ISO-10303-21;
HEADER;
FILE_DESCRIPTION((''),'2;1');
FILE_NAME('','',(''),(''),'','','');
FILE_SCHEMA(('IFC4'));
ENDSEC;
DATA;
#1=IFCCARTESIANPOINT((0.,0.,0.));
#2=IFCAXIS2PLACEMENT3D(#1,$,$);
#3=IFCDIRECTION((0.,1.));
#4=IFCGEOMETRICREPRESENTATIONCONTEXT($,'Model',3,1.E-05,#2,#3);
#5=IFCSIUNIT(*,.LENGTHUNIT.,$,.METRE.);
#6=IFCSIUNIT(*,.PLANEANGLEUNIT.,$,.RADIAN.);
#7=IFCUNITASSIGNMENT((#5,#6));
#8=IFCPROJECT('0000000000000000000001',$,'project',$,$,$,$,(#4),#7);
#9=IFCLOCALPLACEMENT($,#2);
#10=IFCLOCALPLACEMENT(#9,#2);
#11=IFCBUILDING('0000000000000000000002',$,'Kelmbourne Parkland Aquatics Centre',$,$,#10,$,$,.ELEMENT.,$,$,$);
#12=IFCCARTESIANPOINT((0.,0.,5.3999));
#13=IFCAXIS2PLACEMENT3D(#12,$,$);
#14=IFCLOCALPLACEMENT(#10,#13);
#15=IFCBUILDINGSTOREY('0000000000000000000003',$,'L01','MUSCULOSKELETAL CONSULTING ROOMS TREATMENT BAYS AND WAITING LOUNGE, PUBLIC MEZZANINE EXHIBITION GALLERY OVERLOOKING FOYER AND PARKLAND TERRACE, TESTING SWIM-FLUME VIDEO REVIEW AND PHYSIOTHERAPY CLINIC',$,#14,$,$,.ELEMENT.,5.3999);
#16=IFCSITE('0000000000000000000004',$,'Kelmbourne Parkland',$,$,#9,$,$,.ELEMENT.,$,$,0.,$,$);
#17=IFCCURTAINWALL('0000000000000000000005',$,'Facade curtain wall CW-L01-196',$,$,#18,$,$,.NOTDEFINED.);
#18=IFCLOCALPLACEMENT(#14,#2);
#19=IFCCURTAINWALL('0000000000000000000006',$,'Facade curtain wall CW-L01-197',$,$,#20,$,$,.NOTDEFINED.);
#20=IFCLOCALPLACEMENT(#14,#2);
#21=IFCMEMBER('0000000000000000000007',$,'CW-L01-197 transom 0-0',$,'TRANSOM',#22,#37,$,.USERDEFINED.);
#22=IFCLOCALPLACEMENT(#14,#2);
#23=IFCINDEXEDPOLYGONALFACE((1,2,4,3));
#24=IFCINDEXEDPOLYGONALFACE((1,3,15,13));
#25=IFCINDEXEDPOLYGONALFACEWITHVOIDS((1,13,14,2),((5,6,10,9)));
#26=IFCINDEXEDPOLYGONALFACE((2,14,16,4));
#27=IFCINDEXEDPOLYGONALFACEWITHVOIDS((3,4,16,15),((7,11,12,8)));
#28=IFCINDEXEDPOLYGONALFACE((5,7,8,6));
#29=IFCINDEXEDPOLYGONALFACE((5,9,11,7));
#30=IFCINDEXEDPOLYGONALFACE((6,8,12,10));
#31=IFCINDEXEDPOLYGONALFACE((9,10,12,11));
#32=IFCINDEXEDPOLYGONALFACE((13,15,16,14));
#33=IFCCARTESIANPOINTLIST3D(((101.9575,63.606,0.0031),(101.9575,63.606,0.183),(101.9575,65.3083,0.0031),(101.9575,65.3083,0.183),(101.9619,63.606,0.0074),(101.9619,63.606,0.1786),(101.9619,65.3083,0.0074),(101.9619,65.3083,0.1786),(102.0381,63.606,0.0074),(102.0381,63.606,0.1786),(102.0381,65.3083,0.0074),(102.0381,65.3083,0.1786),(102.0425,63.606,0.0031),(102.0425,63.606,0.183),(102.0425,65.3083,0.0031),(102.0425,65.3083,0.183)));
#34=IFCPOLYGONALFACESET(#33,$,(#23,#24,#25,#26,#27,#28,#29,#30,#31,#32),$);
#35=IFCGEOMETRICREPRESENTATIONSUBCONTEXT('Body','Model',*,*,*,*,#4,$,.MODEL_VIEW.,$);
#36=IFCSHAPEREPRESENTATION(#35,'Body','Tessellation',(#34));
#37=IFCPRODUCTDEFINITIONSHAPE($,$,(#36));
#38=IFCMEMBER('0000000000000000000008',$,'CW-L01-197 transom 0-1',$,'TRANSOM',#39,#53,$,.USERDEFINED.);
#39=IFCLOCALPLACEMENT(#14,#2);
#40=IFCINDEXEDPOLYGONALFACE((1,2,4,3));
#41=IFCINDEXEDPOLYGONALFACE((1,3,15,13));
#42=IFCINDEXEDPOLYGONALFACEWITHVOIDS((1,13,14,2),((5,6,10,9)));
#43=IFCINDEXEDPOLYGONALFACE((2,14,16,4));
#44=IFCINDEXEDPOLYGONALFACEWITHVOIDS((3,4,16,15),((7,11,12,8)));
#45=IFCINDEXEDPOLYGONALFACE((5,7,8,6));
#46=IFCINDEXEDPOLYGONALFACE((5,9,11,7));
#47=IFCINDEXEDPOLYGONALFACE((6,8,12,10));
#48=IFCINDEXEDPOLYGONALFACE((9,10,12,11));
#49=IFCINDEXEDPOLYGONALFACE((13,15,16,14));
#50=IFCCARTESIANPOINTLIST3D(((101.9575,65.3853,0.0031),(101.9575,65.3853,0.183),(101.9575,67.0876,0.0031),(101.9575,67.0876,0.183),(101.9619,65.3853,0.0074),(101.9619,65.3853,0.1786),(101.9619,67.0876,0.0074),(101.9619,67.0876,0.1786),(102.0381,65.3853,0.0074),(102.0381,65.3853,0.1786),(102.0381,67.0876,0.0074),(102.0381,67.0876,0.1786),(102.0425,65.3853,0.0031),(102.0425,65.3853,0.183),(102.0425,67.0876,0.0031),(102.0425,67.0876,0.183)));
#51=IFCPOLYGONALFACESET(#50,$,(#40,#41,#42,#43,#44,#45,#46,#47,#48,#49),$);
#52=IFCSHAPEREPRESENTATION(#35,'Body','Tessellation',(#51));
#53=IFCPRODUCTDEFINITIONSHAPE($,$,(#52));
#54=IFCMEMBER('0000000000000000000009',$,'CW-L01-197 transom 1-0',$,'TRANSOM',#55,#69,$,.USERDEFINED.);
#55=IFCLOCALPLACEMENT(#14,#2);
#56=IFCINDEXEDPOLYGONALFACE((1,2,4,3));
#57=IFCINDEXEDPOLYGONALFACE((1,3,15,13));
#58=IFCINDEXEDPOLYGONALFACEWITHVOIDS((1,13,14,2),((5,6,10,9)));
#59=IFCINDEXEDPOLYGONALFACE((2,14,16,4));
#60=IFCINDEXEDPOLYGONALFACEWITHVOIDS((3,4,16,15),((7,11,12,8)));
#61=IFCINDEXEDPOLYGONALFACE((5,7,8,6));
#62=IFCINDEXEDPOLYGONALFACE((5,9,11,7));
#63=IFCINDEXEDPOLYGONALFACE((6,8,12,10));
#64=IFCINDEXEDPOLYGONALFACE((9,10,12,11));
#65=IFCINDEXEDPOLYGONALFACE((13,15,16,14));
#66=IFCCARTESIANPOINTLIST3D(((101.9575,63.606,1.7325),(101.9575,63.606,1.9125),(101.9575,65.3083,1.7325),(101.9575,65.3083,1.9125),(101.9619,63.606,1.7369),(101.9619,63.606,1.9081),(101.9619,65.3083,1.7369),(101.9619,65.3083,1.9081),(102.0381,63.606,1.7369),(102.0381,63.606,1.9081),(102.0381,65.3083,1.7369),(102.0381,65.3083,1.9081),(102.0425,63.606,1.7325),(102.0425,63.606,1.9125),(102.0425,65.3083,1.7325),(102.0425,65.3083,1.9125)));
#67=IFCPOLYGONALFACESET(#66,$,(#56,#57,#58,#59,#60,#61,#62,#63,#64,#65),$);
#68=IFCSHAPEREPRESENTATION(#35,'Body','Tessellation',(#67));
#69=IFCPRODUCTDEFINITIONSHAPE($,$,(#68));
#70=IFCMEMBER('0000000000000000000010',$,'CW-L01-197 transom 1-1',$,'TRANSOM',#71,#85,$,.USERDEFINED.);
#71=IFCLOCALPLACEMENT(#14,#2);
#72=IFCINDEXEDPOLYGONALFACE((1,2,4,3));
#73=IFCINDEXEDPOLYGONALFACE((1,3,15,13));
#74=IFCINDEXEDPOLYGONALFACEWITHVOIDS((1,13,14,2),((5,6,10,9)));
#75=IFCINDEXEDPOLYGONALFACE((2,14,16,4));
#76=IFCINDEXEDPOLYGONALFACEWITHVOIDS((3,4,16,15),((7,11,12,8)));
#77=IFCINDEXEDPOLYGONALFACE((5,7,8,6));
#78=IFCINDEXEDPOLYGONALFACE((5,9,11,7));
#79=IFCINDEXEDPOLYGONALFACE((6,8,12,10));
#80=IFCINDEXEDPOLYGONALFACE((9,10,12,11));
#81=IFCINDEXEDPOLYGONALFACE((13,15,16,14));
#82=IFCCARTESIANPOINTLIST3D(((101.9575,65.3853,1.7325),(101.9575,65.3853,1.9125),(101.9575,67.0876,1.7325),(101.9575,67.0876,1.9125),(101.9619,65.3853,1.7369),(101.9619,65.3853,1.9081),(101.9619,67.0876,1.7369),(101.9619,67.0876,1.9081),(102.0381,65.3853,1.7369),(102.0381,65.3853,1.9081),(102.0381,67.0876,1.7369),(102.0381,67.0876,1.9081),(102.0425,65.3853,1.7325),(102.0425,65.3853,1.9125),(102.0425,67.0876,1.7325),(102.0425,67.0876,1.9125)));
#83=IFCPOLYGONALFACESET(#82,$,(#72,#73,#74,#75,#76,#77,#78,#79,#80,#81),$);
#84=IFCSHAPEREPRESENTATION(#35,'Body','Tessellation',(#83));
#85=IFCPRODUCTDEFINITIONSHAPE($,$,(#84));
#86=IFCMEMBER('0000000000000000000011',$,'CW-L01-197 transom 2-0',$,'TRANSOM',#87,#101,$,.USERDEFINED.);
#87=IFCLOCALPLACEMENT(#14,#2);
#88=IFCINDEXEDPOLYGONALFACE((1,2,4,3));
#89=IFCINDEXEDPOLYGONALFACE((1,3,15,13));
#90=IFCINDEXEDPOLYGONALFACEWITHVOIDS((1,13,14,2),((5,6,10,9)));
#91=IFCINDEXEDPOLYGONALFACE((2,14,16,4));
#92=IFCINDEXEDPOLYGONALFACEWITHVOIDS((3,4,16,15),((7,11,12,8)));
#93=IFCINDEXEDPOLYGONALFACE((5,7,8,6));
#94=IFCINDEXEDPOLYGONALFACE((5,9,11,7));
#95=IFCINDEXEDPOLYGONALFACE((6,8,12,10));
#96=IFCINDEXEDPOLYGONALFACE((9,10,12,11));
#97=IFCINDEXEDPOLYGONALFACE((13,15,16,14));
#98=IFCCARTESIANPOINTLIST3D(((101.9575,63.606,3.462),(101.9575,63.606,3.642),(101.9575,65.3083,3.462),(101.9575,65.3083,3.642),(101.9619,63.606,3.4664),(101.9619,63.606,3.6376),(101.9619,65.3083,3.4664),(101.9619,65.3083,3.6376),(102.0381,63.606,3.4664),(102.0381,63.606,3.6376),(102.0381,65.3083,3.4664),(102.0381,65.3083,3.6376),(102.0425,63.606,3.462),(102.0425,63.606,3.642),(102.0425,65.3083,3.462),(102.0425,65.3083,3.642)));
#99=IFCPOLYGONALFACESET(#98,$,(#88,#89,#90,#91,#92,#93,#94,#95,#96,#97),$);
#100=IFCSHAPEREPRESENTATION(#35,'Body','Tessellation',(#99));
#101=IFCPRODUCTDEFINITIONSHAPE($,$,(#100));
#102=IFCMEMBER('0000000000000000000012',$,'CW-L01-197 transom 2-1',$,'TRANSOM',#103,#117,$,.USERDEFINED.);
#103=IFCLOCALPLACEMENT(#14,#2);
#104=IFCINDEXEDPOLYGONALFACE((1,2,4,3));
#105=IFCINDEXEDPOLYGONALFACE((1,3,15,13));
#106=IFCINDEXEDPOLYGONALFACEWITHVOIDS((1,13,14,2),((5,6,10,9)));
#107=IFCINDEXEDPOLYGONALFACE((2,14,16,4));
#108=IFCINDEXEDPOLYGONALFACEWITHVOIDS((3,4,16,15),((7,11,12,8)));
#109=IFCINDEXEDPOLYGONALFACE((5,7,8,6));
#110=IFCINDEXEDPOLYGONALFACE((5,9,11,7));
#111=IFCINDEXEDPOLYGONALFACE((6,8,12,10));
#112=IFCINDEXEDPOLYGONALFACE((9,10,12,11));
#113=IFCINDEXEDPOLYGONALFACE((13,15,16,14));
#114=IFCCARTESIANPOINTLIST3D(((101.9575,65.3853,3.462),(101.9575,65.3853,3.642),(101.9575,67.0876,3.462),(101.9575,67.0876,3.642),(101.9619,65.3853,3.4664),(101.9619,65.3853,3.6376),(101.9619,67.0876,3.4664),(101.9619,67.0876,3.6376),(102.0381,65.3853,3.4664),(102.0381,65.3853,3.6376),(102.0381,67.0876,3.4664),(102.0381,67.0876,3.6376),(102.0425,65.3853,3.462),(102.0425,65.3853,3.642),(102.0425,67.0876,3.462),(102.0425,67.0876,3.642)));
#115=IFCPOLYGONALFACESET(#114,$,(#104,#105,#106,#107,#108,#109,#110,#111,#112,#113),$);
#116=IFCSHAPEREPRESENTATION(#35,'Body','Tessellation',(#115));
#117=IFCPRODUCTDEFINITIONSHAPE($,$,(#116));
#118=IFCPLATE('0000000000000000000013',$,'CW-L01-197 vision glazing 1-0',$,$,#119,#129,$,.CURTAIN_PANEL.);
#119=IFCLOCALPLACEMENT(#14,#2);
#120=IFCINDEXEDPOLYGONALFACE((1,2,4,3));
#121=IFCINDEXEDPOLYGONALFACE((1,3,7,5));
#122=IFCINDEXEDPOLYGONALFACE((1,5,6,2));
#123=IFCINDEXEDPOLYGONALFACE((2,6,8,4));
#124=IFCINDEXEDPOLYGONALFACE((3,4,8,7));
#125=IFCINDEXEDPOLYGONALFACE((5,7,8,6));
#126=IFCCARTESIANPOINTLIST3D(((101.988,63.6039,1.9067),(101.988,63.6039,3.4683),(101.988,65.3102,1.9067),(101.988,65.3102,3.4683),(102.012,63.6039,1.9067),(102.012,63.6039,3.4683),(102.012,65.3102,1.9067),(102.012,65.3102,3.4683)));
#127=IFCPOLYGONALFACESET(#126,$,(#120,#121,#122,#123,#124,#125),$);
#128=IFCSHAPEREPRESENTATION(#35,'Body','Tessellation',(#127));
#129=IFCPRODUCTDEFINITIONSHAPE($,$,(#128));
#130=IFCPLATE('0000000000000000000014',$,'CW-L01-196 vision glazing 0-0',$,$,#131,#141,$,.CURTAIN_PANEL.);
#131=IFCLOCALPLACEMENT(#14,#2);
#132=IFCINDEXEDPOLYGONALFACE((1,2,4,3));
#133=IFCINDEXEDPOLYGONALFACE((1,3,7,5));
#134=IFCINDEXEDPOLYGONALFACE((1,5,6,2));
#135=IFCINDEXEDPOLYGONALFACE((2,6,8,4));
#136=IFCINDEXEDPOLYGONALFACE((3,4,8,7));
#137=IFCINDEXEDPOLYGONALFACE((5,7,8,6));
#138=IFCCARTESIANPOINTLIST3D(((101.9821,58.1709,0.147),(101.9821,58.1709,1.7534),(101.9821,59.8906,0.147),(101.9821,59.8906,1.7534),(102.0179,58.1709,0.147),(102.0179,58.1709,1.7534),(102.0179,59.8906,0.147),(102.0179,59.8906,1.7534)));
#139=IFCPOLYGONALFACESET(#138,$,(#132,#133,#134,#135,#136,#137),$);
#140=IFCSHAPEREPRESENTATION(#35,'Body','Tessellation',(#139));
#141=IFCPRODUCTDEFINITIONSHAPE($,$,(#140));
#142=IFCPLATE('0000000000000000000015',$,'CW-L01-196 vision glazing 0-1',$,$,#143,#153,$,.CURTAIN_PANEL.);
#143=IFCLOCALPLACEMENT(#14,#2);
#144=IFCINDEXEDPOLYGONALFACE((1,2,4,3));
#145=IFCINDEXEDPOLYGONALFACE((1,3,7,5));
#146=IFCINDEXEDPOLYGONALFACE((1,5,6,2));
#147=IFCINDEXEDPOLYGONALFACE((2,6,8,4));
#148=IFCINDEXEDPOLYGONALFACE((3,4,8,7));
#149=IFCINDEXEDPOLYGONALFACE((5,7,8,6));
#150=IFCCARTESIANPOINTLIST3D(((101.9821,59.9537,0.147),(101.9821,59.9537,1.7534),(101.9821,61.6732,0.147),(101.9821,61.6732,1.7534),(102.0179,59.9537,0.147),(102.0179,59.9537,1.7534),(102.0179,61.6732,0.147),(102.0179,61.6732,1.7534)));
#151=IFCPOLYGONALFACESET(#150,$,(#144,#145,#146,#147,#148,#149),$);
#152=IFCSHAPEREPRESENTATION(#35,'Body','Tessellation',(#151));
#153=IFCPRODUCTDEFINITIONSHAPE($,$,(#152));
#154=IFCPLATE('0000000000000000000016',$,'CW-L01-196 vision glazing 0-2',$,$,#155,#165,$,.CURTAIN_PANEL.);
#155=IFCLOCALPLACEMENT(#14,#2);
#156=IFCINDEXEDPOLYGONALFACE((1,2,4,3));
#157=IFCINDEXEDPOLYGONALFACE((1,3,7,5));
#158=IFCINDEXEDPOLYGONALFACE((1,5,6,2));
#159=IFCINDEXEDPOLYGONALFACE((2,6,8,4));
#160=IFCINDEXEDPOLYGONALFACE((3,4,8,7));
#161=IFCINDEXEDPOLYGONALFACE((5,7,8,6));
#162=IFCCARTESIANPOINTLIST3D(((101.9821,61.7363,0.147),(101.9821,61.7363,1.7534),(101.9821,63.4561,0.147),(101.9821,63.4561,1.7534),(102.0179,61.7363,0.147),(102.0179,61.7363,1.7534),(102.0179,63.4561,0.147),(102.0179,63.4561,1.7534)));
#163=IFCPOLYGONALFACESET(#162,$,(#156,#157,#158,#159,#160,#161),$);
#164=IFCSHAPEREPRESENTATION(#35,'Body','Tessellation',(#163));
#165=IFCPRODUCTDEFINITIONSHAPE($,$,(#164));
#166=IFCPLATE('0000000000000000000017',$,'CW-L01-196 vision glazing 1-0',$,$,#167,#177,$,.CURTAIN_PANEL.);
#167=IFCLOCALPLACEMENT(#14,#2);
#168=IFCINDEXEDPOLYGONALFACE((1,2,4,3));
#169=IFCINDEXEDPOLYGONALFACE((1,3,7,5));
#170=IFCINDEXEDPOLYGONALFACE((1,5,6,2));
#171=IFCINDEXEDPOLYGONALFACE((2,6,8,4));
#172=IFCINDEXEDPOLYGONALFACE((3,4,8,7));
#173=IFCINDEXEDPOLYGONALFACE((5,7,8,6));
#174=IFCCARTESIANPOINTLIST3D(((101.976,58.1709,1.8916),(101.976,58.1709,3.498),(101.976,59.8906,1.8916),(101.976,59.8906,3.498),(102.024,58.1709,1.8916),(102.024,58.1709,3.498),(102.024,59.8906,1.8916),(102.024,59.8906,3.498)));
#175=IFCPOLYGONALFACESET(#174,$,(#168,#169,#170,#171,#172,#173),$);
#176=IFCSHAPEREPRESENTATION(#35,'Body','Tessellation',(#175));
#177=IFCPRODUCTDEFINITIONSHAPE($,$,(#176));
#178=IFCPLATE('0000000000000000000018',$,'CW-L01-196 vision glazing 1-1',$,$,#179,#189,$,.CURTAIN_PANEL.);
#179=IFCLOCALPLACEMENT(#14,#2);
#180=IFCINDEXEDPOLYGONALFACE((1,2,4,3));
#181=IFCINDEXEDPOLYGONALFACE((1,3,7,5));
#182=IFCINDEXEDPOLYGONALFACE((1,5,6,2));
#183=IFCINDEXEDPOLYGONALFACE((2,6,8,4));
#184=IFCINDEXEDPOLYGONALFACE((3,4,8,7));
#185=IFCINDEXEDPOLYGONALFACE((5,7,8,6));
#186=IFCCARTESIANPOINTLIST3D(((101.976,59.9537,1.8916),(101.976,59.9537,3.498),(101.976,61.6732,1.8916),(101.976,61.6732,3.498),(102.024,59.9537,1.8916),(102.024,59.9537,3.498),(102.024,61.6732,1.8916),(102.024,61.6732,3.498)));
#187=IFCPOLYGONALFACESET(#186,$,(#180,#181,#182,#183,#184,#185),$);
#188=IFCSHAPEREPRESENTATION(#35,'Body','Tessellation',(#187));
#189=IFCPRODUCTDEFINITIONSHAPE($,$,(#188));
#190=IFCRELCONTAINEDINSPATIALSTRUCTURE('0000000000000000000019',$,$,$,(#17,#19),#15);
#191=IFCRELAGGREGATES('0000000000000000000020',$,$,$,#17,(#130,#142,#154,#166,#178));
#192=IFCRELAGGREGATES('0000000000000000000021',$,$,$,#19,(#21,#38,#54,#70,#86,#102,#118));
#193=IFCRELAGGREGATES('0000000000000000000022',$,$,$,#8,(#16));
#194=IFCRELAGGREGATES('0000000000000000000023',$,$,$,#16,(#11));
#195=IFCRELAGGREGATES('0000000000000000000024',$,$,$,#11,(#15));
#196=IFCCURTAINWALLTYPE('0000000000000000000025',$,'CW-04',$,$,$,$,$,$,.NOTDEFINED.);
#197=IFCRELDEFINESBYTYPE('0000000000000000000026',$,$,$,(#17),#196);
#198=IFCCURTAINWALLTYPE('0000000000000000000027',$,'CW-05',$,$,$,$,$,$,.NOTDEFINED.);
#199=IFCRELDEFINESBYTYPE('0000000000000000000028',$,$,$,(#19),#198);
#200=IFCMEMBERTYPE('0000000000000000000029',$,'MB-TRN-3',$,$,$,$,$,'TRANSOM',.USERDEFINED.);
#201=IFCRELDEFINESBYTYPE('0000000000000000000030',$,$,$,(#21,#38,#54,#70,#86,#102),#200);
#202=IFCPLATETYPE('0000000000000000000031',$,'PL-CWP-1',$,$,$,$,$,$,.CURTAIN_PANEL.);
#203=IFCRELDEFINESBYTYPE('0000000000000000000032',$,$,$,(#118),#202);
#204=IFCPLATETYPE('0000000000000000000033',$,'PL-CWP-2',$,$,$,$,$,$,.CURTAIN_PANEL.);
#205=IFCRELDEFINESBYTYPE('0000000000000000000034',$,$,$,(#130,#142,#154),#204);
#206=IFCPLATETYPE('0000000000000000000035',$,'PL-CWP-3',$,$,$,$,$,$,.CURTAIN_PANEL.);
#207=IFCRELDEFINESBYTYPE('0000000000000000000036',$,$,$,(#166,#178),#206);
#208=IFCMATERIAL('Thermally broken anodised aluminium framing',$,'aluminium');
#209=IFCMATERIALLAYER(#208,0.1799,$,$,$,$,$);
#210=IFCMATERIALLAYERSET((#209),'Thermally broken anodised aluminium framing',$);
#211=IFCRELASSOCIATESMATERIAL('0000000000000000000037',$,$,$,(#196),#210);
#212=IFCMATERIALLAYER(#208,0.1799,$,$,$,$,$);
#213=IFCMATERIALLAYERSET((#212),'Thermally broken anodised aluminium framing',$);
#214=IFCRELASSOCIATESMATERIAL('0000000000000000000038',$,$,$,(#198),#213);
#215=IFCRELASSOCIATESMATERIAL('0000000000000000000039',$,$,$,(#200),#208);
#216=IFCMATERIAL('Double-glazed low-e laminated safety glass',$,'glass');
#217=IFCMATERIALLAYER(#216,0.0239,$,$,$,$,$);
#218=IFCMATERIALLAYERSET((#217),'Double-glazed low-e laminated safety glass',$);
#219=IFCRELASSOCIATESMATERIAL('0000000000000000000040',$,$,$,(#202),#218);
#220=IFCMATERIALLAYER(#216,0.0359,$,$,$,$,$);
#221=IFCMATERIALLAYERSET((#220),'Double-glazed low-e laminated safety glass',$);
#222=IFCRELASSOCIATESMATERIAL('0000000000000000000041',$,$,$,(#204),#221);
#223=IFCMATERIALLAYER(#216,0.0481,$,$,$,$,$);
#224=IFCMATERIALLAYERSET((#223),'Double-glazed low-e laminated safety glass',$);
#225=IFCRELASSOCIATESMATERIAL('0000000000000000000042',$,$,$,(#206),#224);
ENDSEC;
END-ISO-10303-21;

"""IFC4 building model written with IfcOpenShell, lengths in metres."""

from ifc_helpers import new_model, si_unit, direction, frame, origin, origin_2d, place, context, subcontext, project, spatial, rectangle, hollow_rectangle, extrude, material, layer, layer_set, material_profile, profile_set, type_object, element, aggregate, save


model = new_model("IFC4")

# Units and contexts
model_context = context("Model", 3, precision=1e-05, world=origin(), true_north=direction((0.0, 1.0)))
body_context = subcontext(model_context, "Body", "Model", "MODEL_VIEW")
ifc_project = project(units=[si_unit("LENGTHUNIT", "METRE"), si_unit("PLANEANGLEUNIT", "RADIAN")], contexts=[model_context])

# Site, building, storey
site_placement = place(None, origin())
site = spatial("IfcSite", under=ifc_project, at=site_placement, Name="Kelmbourne Parkland", CompositionType="ELEMENT", RefElevation=0.0)
building_placement = place(site_placement, origin())
building = spatial("IfcBuilding", under=site, at=building_placement, Name="Kelmbourne Parkland Aquatics Centre", CompositionType="ELEMENT")
storey_placement = place(building_placement, frame((0.0, 0.0, 5.3999)))
storey = spatial("IfcBuildingStorey", under=building, at=storey_placement, Name="L01", Description="MUSCULOSKELETAL CONSULTING ROOMS TREATMENT BAYS AND WAITING LOUNGE, PUBLIC MEZZANINE EXHIBITION GALLERY OVERLOOKING FOYER AND PARKLAND TERRACE, TESTING SWIM-FLUME VIDEO REVIEW AND PHYSIOTHERAPY CLINIC", CompositionType="ELEMENT", Elevation=5.3999)

# Shared definitions
ifc_material_1 = material(Name="Thermally broken anodised aluminium framing", Category="aluminium")

# Curtain walls
ifc_layer_1 = layer(ifc_material_1, 0.1799)
ifc_layer_set_1 = layer_set([ifc_layer_1], Name="Thermally broken anodised aluminium framing")
curtain_wall_type_1 = type_object("IfcCurtainWallType", Name="CW-04", PredefinedType="NOTDEFINED", material=ifc_layer_set_1)
curtain_wall_1_placement = place(storey_placement, origin())
curtain_wall_1 = element("IfcCurtainWall", 1, at=curtain_wall_1_placement, inside=storey, type_object=curtain_wall_type_1, Name="Facade curtain wall CW-L01-196", PredefinedType="NOTDEFINED")
ifc_layer_2 = layer(ifc_material_1, 0.1799)
ifc_layer_set_2 = layer_set([ifc_layer_2], Name="Thermally broken anodised aluminium framing")
curtain_wall_type_2 = type_object("IfcCurtainWallType", Name="CW-05", PredefinedType="NOTDEFINED", material=ifc_layer_set_2)
curtain_wall_2_placement = place(storey_placement, origin())
curtain_wall_2 = element("IfcCurtainWall", 2, at=curtain_wall_2_placement, inside=storey, type_object=curtain_wall_type_2, Name="Facade curtain wall CW-L01-197", PredefinedType="NOTDEFINED")

# Members
ifc_material_profile_1 = material_profile(ifc_material_1, hollow_rectangle(XDim=0.085, YDim=0.1799, WallThickness=0.0044, at=origin_2d()), Name="CW-T 85x180")
ifc_profile_set_1 = profile_set([ifc_material_profile_1], Name="Thermally broken anodised aluminium framing")
member_type_1 = type_object("IfcMemberType", Name="MB-TRN-3", ElementType="TRANSOM", PredefinedType="USERDEFINED", material=ifc_profile_set_1)
member_1_placement = place(storey_placement, frame((102.0, 63.606, 0.093), z_axis=(0.0, 1.0, 0.0), x_axis=(-1.0, 0.0, 0.0)))
member_1 = element("IfcMember", 3, at=member_1_placement, type_object=member_type_1, Name="CW-L01-197 transom 0-0", ObjectType="TRANSOM", PredefinedType="USERDEFINED", context=body_context, shape_type="SweptSolid", body=[
    extrude(hollow_rectangle(XDim=0.085, YDim=0.1799, WallThickness=0.0044, at=origin_2d()), origin(), (0.0, 0.0, 1.0), 1.7024),
])
member_2_placement = place(storey_placement, frame((102.0, 65.3853, 0.093), z_axis=(0.0, 1.0, 0.0), x_axis=(-1.0, 0.0, 0.0)))
member_2 = element("IfcMember", 4, at=member_2_placement, type_object=member_type_1, Name="CW-L01-197 transom 0-1", ObjectType="TRANSOM", PredefinedType="USERDEFINED", context=body_context, shape_type="SweptSolid", body=[
    extrude(hollow_rectangle(XDim=0.085, YDim=0.1799, WallThickness=0.0044, at=origin_2d()), origin(), (0.0, 0.0, 1.0), 1.7024),
])
member_3_placement = place(storey_placement, frame((102.0, 63.606, 1.8225), z_axis=(0.0, 1.0, 0.0), x_axis=(-1.0, 0.0, 0.0)))
member_3 = element("IfcMember", 5, at=member_3_placement, type_object=member_type_1, Name="CW-L01-197 transom 1-0", ObjectType="TRANSOM", PredefinedType="USERDEFINED", context=body_context, shape_type="SweptSolid", body=[
    extrude(hollow_rectangle(XDim=0.085, YDim=0.1799, WallThickness=0.0044, at=origin_2d()), origin(), (0.0, 0.0, 1.0), 1.7024),
])
member_4_placement = place(storey_placement, frame((102.0, 65.3853, 1.8225), z_axis=(0.0, 1.0, 0.0), x_axis=(-1.0, 0.0, 0.0)))
member_4 = element("IfcMember", 6, at=member_4_placement, type_object=member_type_1, Name="CW-L01-197 transom 1-1", ObjectType="TRANSOM", PredefinedType="USERDEFINED", context=body_context, shape_type="SweptSolid", body=[
    extrude(hollow_rectangle(XDim=0.085, YDim=0.1799, WallThickness=0.0044, at=origin_2d()), origin(), (0.0, 0.0, 1.0), 1.7024),
])
member_5_placement = place(storey_placement, frame((102.0, 63.606, 3.552), z_axis=(0.0, 1.0, 0.0), x_axis=(-1.0, 0.0, 0.0)))
member_5 = element("IfcMember", 7, at=member_5_placement, type_object=member_type_1, Name="CW-L01-197 transom 2-0", ObjectType="TRANSOM", PredefinedType="USERDEFINED", context=body_context, shape_type="SweptSolid", body=[
    extrude(hollow_rectangle(XDim=0.085, YDim=0.1799, WallThickness=0.0044, at=origin_2d()), origin(), (0.0, 0.0, 1.0), 1.7024),
])
member_6_placement = place(storey_placement, frame((102.0, 65.3853, 3.552), z_axis=(0.0, 1.0, 0.0), x_axis=(-1.0, 0.0, 0.0)))
member_6 = element("IfcMember", 8, at=member_6_placement, type_object=member_type_1, Name="CW-L01-197 transom 2-1", ObjectType="TRANSOM", PredefinedType="USERDEFINED", context=body_context, shape_type="SweptSolid", body=[
    extrude(hollow_rectangle(XDim=0.085, YDim=0.1799, WallThickness=0.0044, at=origin_2d()), origin(), (0.0, 0.0, 1.0), 1.7024),
])

# Plates
ifc_material_2 = material(Name="Double-glazed low-e laminated safety glass", Category="glass")
ifc_layer_3 = layer(ifc_material_2, 0.0239)
ifc_layer_set_3 = layer_set([ifc_layer_3], Name="Double-glazed low-e laminated safety glass")
plate_type_1 = type_object("IfcPlateType", Name="PL-CWP-1", PredefinedType="CURTAIN_PANEL", material=ifc_layer_set_3)
plate_1_placement = place(storey_placement, frame((102.0, 64.457, 1.9067), z_axis=(0.0, 0.0, 1.0), x_axis=(0.0, 1.0, 0.0)))
plate_1 = element("IfcPlate", 9, at=plate_1_placement, type_object=plate_type_1, Name="CW-L01-197 vision glazing 1-0", PredefinedType="CURTAIN_PANEL", context=body_context, shape_type="SweptSolid", body=[
    extrude(rectangle(XDim=1.7063, YDim=0.0239, at=origin_2d()), origin(), (0.0, 0.0, 1.0), 1.5615),
])
ifc_layer_4 = layer(ifc_material_2, 0.0359)
ifc_layer_set_4 = layer_set([ifc_layer_4], Name="Double-glazed low-e laminated safety glass")
plate_type_2 = type_object("IfcPlateType", Name="PL-CWP-2", PredefinedType="CURTAIN_PANEL", material=ifc_layer_set_4)
plate_2_placement = place(storey_placement, frame((102.0, 59.0308, 0.147), z_axis=(0.0, 0.0, 1.0), x_axis=(0.0, 1.0, 0.0)))
plate_2 = element("IfcPlate", 10, at=plate_2_placement, type_object=plate_type_2, Name="CW-L01-196 vision glazing 0-0", PredefinedType="CURTAIN_PANEL", context=body_context, shape_type="SweptSolid", body=[
    extrude(rectangle(XDim=1.7197, YDim=0.0359, at=origin_2d()), origin(), (0.0, 0.0, 1.0), 1.6064),
])
plate_3_placement = place(storey_placement, frame((102.0, 60.8135, 0.147), z_axis=(0.0, 0.0, 1.0), x_axis=(0.0, 1.0, 0.0)))
plate_3 = element("IfcPlate", 11, at=plate_3_placement, type_object=plate_type_2, Name="CW-L01-196 vision glazing 0-1", PredefinedType="CURTAIN_PANEL", context=body_context, shape_type="SweptSolid", body=[
    extrude(rectangle(XDim=1.7195, YDim=0.0359, at=origin_2d()), origin(), (0.0, 0.0, 1.0), 1.6064),
])
plate_4_placement = place(storey_placement, frame((102.0, 62.5962, 0.147), z_axis=(0.0, 0.0, 1.0), x_axis=(0.0, 1.0, 0.0)))
plate_4 = element("IfcPlate", 12, at=plate_4_placement, type_object=plate_type_2, Name="CW-L01-196 vision glazing 0-2", PredefinedType="CURTAIN_PANEL", context=body_context, shape_type="SweptSolid", body=[
    extrude(rectangle(XDim=1.7197, YDim=0.0359, at=origin_2d()), origin(), (0.0, 0.0, 1.0), 1.6064),
])
ifc_layer_5 = layer(ifc_material_2, 0.0481)
ifc_layer_set_5 = layer_set([ifc_layer_5], Name="Double-glazed low-e laminated safety glass")
plate_type_3 = type_object("IfcPlateType", Name="PL-CWP-3", PredefinedType="CURTAIN_PANEL", material=ifc_layer_set_5)
plate_5_placement = place(storey_placement, frame((102.0, 59.0308, 1.8916), z_axis=(0.0, 0.0, 1.0), x_axis=(0.0, 1.0, 0.0)))
plate_5 = element("IfcPlate", 13, at=plate_5_placement, type_object=plate_type_3, Name="CW-L01-196 vision glazing 1-0", PredefinedType="CURTAIN_PANEL", context=body_context, shape_type="SweptSolid", body=[
    extrude(rectangle(XDim=1.7197, YDim=0.0481, at=origin_2d()), origin(), (0.0, 0.0, 1.0), 1.6064),
])
plate_6_placement = place(storey_placement, frame((102.0, 60.8135, 1.8916), z_axis=(0.0, 0.0, 1.0), x_axis=(0.0, 1.0, 0.0)))
plate_6 = element("IfcPlate", 14, at=plate_6_placement, type_object=plate_type_3, Name="CW-L01-196 vision glazing 1-1", PredefinedType="CURTAIN_PANEL", context=body_context, shape_type="SweptSolid", body=[
    extrude(rectangle(XDim=1.7195, YDim=0.0481, at=origin_2d()), origin(), (0.0, 0.0, 1.0), 1.6064),
])
aggregate(curtain_wall_1, [plate_2, plate_3, plate_4, plate_5, plate_6])
aggregate(curtain_wall_2, [member_1, member_2, member_3, member_4, member_5, member_6, plate_1])

save(model, "model.ifc")
